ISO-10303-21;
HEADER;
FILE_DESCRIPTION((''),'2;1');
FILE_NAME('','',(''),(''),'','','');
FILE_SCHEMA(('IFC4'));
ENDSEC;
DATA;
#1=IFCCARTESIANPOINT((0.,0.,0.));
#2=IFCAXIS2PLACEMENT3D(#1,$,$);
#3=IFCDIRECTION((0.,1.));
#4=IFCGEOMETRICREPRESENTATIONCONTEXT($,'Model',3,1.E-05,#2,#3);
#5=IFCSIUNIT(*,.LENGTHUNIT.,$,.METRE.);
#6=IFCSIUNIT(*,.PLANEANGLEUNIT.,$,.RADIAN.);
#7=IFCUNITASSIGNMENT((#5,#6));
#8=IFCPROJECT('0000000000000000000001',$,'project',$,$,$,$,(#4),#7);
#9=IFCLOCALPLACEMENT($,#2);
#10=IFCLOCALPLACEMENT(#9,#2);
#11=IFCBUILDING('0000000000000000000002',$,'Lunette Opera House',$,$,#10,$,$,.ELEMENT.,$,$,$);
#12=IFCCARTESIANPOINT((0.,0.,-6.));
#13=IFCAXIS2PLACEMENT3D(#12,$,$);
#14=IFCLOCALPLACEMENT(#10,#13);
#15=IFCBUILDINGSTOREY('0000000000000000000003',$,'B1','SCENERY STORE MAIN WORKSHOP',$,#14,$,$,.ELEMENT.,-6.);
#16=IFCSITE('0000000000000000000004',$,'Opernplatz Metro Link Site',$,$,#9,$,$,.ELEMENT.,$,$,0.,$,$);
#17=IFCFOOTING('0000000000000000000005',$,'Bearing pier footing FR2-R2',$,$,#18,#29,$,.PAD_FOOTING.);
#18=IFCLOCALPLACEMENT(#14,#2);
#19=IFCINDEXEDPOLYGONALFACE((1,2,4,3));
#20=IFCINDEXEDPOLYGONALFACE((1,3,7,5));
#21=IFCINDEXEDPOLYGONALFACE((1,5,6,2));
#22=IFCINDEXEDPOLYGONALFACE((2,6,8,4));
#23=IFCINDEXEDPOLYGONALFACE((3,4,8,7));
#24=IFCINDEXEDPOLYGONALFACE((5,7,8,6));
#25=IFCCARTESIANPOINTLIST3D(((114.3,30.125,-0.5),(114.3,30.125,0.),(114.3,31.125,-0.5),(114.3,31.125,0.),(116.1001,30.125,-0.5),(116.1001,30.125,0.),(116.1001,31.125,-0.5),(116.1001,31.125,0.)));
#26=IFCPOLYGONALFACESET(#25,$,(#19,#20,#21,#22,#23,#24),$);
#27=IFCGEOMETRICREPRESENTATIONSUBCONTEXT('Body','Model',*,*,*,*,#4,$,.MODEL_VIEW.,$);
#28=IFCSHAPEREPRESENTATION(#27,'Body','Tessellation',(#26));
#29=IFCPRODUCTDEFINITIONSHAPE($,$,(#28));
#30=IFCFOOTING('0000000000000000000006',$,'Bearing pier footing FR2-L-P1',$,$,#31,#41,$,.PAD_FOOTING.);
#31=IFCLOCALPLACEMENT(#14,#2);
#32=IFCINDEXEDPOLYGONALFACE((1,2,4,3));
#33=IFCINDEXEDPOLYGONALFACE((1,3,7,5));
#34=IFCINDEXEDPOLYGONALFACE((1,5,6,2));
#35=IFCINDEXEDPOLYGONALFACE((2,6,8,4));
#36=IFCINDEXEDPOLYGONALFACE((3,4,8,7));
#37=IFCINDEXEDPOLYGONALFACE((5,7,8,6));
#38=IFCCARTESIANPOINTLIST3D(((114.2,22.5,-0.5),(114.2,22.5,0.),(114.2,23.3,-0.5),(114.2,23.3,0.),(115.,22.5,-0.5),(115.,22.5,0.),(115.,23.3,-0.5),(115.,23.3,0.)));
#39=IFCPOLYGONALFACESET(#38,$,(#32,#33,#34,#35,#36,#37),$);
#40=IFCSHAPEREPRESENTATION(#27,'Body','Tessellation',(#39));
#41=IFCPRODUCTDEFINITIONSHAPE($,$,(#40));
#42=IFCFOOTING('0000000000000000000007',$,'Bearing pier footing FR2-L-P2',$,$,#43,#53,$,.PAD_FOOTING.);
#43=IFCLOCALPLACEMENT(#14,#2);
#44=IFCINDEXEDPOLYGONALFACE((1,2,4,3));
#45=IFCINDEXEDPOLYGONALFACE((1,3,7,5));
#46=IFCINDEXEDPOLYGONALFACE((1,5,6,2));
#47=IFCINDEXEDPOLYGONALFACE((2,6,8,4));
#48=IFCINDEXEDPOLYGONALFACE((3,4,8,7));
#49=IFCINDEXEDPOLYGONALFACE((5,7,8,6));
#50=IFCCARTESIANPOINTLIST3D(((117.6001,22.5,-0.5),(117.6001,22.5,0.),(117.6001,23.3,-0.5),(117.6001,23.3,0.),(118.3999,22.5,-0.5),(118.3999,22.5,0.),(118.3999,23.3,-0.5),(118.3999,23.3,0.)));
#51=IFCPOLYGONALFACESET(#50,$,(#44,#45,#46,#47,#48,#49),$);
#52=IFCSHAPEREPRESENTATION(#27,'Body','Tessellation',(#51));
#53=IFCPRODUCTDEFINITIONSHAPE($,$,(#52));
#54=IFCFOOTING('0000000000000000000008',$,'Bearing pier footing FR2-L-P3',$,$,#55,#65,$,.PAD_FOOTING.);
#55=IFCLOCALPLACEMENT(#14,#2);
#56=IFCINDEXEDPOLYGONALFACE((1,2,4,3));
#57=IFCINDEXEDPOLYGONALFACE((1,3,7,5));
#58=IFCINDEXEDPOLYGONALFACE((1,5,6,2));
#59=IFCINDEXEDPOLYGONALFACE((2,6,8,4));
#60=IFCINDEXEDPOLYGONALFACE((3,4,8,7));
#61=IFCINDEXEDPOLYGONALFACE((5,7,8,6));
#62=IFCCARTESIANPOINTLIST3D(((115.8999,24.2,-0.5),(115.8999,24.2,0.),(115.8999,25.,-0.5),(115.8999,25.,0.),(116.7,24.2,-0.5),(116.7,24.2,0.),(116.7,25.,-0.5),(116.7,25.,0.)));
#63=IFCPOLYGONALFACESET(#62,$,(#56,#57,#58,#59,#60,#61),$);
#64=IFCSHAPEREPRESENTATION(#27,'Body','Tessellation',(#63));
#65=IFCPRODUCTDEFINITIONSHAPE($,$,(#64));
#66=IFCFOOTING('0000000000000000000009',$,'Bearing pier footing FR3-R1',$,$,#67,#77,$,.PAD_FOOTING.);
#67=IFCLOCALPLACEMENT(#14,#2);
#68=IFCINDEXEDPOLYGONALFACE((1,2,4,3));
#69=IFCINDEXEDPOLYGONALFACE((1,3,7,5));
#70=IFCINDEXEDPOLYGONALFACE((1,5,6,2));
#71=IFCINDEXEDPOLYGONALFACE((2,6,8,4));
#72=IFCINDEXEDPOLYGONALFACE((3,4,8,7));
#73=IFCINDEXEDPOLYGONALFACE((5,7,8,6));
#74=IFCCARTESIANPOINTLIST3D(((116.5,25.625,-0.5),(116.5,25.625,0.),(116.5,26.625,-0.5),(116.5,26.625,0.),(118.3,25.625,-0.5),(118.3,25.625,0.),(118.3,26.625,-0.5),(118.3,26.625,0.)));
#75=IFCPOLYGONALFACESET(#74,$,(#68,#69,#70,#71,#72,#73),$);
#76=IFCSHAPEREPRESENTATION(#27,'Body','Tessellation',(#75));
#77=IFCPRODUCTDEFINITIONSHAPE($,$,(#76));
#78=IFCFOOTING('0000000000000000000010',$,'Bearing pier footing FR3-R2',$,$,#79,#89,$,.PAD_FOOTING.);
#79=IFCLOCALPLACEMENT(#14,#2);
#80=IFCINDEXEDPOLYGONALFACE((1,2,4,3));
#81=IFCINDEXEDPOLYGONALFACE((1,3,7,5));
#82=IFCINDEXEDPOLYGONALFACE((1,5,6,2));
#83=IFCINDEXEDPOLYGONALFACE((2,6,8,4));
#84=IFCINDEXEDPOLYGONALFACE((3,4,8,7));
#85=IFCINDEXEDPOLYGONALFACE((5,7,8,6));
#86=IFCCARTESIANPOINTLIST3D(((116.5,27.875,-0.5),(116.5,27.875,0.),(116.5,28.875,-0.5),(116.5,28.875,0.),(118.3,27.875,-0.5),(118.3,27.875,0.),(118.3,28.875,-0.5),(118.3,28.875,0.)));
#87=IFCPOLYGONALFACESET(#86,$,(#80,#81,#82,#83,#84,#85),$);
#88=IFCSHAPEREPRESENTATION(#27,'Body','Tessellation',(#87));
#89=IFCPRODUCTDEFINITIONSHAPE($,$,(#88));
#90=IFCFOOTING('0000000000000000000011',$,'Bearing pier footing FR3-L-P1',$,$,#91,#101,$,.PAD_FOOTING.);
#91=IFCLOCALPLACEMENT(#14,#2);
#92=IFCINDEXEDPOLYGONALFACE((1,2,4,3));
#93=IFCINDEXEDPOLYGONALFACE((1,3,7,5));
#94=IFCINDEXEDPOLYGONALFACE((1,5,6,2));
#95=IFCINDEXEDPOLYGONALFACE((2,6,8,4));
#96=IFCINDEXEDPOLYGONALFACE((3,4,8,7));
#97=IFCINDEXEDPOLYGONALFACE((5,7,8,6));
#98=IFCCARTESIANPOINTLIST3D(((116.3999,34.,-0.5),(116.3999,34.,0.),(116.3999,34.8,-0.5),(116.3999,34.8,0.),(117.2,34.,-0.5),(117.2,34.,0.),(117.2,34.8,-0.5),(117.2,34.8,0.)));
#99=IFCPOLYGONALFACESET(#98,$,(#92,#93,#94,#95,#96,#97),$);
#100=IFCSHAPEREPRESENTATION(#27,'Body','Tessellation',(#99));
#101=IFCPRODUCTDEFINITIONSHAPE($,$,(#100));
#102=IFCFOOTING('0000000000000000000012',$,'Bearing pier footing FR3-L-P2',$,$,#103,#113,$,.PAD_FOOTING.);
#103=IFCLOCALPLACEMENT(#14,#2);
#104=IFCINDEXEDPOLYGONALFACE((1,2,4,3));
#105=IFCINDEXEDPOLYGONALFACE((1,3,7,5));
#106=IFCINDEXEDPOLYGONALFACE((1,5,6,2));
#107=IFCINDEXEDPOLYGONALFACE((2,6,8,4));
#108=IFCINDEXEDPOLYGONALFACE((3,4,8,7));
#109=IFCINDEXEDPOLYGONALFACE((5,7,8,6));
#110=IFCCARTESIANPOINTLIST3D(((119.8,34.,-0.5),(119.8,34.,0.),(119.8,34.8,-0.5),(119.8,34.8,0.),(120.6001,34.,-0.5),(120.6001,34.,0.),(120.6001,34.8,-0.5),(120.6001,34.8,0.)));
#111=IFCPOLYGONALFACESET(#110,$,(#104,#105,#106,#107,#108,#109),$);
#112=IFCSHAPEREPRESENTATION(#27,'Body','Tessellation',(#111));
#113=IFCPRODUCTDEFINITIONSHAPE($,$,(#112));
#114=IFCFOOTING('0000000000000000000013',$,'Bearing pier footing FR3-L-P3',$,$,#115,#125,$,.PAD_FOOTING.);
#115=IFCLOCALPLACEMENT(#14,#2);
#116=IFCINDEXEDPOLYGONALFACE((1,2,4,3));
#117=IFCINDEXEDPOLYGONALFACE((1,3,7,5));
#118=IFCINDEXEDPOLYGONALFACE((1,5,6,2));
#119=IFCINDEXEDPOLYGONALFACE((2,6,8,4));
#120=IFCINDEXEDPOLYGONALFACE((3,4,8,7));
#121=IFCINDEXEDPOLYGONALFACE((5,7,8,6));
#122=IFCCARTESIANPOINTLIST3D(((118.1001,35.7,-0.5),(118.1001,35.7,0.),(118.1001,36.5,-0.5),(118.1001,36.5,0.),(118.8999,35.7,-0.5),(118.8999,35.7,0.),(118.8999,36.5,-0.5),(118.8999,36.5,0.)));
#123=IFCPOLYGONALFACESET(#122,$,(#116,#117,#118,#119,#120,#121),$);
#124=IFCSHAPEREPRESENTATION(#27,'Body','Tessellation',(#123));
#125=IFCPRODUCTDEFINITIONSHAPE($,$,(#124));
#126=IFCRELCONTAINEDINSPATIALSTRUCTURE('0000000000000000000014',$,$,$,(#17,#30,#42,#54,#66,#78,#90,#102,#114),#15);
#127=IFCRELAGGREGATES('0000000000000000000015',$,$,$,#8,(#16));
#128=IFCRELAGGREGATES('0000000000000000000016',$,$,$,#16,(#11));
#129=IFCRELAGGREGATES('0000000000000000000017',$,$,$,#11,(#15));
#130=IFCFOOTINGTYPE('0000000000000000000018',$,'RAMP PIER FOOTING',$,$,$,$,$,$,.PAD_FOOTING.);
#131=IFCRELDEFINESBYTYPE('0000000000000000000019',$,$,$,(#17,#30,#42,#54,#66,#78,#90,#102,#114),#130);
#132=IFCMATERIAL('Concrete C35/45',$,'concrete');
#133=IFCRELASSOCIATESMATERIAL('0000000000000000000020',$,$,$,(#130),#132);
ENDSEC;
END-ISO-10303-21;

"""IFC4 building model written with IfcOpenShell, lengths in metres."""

from ifc_helpers import new_model, si_unit, direction, frame, origin, place, context, subcontext, project, spatial, polyline, outline, extrude, material, type_object, element, save


model = new_model("IFC4")

# Units and contexts
model_context = context("Model", 3, precision=1e-05, world=origin(), true_north=direction((0.0, 1.0)))
body_context = subcontext(model_context, "Body", "Model", "MODEL_VIEW")
ifc_project = project(units=[si_unit("LENGTHUNIT", "METRE"), si_unit("PLANEANGLEUNIT", "RADIAN")], contexts=[model_context])

# Site, building, storey
site_placement = place(None, origin())
site = spatial("IfcSite", under=ifc_project, at=site_placement, Name="Opernplatz Metro Link Site", CompositionType="ELEMENT", RefElevation=0.0)
building_placement = place(site_placement, origin())
building = spatial("IfcBuilding", under=site, at=building_placement, Name="Lunette Opera House", CompositionType="ELEMENT")
storey_placement = place(building_placement, frame((0.0, 0.0, -6.0)))
storey = spatial("IfcBuildingStorey", under=building, at=storey_placement, Name="B1", Description="SCENERY STORE MAIN WORKSHOP", CompositionType="ELEMENT", Elevation=-6.0)

# Footings
ifc_material_1 = material(Name="Concrete C35/45", Category="concrete")
footing_type_1 = type_object("IfcFootingType", Name="RAMP PIER FOOTING", PredefinedType="PAD_FOOTING", material=ifc_material_1)
footing_1_placement = place(storey_placement, frame((0.0, 0.0, -0.5)))
element("IfcFooting", 1, at=footing_1_placement, inside=storey, type_object=footing_type_1, Name="Bearing pier footing FR2-R2", PredefinedType="PAD_FOOTING", context=body_context, shape_type="SweptSolid", body=[
    extrude(outline(polyline([(114.3, 30.125), (116.1001, 30.125), (116.1001, 31.125), (114.3, 31.125), (114.3, 30.125)])), origin(), (0.0, 0.0, 1.0), 0.5),
])
footing_2_placement = place(storey_placement, frame((0.0, 0.0, -0.5)))
element("IfcFooting", 2, at=footing_2_placement, inside=storey, type_object=footing_type_1, Name="Bearing pier footing FR2-L-P1", PredefinedType="PAD_FOOTING", context=body_context, shape_type="SweptSolid", body=[
    extrude(outline(polyline([(114.2, 22.5), (115.0, 22.5), (115.0, 23.3), (114.2, 23.3), (114.2, 22.5)])), origin(), (0.0, 0.0, 1.0), 0.5),
])
footing_3_placement = place(storey_placement, frame((0.0, 0.0, -0.5)))
element("IfcFooting", 3, at=footing_3_placement, inside=storey, type_object=footing_type_1, Name="Bearing pier footing FR2-L-P2", PredefinedType="PAD_FOOTING", context=body_context, shape_type="SweptSolid", body=[
    extrude(outline(polyline([(117.6001, 22.5), (118.3999, 22.5), (118.3999, 23.3), (117.6001, 23.3), (117.6001, 22.5)])), origin(), (0.0, 0.0, 1.0), 0.5),
])
footing_4_placement = place(storey_placement, frame((0.0, 0.0, -0.5)))
element("IfcFooting", 4, at=footing_4_placement, inside=storey, type_object=footing_type_1, Name="Bearing pier footing FR2-L-P3", PredefinedType="PAD_FOOTING", context=body_context, shape_type="SweptSolid", body=[
    extrude(outline(polyline([(115.8999, 24.2), (116.7, 24.2), (116.7, 25.0), (115.8999, 25.0), (115.8999, 24.2)])), origin(), (0.0, 0.0, 1.0), 0.5),
])
footing_5_placement = place(storey_placement, frame((0.0, 0.0, -0.5)))
element("IfcFooting", 5, at=footing_5_placement, inside=storey, type_object=footing_type_1, Name="Bearing pier footing FR3-R1", PredefinedType="PAD_FOOTING", context=body_context, shape_type="SweptSolid", body=[
    extrude(outline(polyline([(116.5, 25.625), (118.3, 25.625), (118.3, 26.625), (116.5, 26.625), (116.5, 25.625)])), origin(), (0.0, 0.0, 1.0), 0.5),
])
footing_6_placement = place(storey_placement, frame((0.0, 0.0, -0.5)))
element("IfcFooting", 6, at=footing_6_placement, inside=storey, type_object=footing_type_1, Name="Bearing pier footing FR3-R2", PredefinedType="PAD_FOOTING", context=body_context, shape_type="SweptSolid", body=[
    extrude(outline(polyline([(116.5, 27.875), (118.3, 27.875), (118.3, 28.875), (116.5, 28.875), (116.5, 27.875)])), origin(), (0.0, 0.0, 1.0), 0.5),
])
footing_7_placement = place(storey_placement, frame((0.0, 0.0, -0.5)))
element("IfcFooting", 7, at=footing_7_placement, inside=storey, type_object=footing_type_1, Name="Bearing pier footing FR3-L-P1", PredefinedType="PAD_FOOTING", context=body_context, shape_type="SweptSolid", body=[
    extrude(outline(polyline([(116.3999, 34.0), (117.2, 34.0), (117.2, 34.8), (116.3999, 34.8), (116.3999, 34.0)])), origin(), (0.0, 0.0, 1.0), 0.5),
])
footing_8_placement = place(storey_placement, frame((0.0, 0.0, -0.5)))
element("IfcFooting", 8, at=footing_8_placement, inside=storey, type_object=footing_type_1, Name="Bearing pier footing FR3-L-P2", PredefinedType="PAD_FOOTING", context=body_context, shape_type="SweptSolid", body=[
    extrude(outline(polyline([(119.8, 34.0), (120.6001, 34.0), (120.6001, 34.8), (119.8, 34.8), (119.8, 34.0)])), origin(), (0.0, 0.0, 1.0), 0.5),
])
footing_9_placement = place(storey_placement, frame((0.0, 0.0, -0.5)))
element("IfcFooting", 9, at=footing_9_placement, inside=storey, type_object=footing_type_1, Name="Bearing pier footing FR3-L-P3", PredefinedType="PAD_FOOTING", context=body_context, shape_type="SweptSolid", body=[
    extrude(outline(polyline([(118.1001, 35.7), (118.8999, 35.7), (118.8999, 36.5), (118.1001, 36.5), (118.1001, 35.7)])), origin(), (0.0, 0.0, 1.0), 0.5),
])

save(model, "model.ifc")
